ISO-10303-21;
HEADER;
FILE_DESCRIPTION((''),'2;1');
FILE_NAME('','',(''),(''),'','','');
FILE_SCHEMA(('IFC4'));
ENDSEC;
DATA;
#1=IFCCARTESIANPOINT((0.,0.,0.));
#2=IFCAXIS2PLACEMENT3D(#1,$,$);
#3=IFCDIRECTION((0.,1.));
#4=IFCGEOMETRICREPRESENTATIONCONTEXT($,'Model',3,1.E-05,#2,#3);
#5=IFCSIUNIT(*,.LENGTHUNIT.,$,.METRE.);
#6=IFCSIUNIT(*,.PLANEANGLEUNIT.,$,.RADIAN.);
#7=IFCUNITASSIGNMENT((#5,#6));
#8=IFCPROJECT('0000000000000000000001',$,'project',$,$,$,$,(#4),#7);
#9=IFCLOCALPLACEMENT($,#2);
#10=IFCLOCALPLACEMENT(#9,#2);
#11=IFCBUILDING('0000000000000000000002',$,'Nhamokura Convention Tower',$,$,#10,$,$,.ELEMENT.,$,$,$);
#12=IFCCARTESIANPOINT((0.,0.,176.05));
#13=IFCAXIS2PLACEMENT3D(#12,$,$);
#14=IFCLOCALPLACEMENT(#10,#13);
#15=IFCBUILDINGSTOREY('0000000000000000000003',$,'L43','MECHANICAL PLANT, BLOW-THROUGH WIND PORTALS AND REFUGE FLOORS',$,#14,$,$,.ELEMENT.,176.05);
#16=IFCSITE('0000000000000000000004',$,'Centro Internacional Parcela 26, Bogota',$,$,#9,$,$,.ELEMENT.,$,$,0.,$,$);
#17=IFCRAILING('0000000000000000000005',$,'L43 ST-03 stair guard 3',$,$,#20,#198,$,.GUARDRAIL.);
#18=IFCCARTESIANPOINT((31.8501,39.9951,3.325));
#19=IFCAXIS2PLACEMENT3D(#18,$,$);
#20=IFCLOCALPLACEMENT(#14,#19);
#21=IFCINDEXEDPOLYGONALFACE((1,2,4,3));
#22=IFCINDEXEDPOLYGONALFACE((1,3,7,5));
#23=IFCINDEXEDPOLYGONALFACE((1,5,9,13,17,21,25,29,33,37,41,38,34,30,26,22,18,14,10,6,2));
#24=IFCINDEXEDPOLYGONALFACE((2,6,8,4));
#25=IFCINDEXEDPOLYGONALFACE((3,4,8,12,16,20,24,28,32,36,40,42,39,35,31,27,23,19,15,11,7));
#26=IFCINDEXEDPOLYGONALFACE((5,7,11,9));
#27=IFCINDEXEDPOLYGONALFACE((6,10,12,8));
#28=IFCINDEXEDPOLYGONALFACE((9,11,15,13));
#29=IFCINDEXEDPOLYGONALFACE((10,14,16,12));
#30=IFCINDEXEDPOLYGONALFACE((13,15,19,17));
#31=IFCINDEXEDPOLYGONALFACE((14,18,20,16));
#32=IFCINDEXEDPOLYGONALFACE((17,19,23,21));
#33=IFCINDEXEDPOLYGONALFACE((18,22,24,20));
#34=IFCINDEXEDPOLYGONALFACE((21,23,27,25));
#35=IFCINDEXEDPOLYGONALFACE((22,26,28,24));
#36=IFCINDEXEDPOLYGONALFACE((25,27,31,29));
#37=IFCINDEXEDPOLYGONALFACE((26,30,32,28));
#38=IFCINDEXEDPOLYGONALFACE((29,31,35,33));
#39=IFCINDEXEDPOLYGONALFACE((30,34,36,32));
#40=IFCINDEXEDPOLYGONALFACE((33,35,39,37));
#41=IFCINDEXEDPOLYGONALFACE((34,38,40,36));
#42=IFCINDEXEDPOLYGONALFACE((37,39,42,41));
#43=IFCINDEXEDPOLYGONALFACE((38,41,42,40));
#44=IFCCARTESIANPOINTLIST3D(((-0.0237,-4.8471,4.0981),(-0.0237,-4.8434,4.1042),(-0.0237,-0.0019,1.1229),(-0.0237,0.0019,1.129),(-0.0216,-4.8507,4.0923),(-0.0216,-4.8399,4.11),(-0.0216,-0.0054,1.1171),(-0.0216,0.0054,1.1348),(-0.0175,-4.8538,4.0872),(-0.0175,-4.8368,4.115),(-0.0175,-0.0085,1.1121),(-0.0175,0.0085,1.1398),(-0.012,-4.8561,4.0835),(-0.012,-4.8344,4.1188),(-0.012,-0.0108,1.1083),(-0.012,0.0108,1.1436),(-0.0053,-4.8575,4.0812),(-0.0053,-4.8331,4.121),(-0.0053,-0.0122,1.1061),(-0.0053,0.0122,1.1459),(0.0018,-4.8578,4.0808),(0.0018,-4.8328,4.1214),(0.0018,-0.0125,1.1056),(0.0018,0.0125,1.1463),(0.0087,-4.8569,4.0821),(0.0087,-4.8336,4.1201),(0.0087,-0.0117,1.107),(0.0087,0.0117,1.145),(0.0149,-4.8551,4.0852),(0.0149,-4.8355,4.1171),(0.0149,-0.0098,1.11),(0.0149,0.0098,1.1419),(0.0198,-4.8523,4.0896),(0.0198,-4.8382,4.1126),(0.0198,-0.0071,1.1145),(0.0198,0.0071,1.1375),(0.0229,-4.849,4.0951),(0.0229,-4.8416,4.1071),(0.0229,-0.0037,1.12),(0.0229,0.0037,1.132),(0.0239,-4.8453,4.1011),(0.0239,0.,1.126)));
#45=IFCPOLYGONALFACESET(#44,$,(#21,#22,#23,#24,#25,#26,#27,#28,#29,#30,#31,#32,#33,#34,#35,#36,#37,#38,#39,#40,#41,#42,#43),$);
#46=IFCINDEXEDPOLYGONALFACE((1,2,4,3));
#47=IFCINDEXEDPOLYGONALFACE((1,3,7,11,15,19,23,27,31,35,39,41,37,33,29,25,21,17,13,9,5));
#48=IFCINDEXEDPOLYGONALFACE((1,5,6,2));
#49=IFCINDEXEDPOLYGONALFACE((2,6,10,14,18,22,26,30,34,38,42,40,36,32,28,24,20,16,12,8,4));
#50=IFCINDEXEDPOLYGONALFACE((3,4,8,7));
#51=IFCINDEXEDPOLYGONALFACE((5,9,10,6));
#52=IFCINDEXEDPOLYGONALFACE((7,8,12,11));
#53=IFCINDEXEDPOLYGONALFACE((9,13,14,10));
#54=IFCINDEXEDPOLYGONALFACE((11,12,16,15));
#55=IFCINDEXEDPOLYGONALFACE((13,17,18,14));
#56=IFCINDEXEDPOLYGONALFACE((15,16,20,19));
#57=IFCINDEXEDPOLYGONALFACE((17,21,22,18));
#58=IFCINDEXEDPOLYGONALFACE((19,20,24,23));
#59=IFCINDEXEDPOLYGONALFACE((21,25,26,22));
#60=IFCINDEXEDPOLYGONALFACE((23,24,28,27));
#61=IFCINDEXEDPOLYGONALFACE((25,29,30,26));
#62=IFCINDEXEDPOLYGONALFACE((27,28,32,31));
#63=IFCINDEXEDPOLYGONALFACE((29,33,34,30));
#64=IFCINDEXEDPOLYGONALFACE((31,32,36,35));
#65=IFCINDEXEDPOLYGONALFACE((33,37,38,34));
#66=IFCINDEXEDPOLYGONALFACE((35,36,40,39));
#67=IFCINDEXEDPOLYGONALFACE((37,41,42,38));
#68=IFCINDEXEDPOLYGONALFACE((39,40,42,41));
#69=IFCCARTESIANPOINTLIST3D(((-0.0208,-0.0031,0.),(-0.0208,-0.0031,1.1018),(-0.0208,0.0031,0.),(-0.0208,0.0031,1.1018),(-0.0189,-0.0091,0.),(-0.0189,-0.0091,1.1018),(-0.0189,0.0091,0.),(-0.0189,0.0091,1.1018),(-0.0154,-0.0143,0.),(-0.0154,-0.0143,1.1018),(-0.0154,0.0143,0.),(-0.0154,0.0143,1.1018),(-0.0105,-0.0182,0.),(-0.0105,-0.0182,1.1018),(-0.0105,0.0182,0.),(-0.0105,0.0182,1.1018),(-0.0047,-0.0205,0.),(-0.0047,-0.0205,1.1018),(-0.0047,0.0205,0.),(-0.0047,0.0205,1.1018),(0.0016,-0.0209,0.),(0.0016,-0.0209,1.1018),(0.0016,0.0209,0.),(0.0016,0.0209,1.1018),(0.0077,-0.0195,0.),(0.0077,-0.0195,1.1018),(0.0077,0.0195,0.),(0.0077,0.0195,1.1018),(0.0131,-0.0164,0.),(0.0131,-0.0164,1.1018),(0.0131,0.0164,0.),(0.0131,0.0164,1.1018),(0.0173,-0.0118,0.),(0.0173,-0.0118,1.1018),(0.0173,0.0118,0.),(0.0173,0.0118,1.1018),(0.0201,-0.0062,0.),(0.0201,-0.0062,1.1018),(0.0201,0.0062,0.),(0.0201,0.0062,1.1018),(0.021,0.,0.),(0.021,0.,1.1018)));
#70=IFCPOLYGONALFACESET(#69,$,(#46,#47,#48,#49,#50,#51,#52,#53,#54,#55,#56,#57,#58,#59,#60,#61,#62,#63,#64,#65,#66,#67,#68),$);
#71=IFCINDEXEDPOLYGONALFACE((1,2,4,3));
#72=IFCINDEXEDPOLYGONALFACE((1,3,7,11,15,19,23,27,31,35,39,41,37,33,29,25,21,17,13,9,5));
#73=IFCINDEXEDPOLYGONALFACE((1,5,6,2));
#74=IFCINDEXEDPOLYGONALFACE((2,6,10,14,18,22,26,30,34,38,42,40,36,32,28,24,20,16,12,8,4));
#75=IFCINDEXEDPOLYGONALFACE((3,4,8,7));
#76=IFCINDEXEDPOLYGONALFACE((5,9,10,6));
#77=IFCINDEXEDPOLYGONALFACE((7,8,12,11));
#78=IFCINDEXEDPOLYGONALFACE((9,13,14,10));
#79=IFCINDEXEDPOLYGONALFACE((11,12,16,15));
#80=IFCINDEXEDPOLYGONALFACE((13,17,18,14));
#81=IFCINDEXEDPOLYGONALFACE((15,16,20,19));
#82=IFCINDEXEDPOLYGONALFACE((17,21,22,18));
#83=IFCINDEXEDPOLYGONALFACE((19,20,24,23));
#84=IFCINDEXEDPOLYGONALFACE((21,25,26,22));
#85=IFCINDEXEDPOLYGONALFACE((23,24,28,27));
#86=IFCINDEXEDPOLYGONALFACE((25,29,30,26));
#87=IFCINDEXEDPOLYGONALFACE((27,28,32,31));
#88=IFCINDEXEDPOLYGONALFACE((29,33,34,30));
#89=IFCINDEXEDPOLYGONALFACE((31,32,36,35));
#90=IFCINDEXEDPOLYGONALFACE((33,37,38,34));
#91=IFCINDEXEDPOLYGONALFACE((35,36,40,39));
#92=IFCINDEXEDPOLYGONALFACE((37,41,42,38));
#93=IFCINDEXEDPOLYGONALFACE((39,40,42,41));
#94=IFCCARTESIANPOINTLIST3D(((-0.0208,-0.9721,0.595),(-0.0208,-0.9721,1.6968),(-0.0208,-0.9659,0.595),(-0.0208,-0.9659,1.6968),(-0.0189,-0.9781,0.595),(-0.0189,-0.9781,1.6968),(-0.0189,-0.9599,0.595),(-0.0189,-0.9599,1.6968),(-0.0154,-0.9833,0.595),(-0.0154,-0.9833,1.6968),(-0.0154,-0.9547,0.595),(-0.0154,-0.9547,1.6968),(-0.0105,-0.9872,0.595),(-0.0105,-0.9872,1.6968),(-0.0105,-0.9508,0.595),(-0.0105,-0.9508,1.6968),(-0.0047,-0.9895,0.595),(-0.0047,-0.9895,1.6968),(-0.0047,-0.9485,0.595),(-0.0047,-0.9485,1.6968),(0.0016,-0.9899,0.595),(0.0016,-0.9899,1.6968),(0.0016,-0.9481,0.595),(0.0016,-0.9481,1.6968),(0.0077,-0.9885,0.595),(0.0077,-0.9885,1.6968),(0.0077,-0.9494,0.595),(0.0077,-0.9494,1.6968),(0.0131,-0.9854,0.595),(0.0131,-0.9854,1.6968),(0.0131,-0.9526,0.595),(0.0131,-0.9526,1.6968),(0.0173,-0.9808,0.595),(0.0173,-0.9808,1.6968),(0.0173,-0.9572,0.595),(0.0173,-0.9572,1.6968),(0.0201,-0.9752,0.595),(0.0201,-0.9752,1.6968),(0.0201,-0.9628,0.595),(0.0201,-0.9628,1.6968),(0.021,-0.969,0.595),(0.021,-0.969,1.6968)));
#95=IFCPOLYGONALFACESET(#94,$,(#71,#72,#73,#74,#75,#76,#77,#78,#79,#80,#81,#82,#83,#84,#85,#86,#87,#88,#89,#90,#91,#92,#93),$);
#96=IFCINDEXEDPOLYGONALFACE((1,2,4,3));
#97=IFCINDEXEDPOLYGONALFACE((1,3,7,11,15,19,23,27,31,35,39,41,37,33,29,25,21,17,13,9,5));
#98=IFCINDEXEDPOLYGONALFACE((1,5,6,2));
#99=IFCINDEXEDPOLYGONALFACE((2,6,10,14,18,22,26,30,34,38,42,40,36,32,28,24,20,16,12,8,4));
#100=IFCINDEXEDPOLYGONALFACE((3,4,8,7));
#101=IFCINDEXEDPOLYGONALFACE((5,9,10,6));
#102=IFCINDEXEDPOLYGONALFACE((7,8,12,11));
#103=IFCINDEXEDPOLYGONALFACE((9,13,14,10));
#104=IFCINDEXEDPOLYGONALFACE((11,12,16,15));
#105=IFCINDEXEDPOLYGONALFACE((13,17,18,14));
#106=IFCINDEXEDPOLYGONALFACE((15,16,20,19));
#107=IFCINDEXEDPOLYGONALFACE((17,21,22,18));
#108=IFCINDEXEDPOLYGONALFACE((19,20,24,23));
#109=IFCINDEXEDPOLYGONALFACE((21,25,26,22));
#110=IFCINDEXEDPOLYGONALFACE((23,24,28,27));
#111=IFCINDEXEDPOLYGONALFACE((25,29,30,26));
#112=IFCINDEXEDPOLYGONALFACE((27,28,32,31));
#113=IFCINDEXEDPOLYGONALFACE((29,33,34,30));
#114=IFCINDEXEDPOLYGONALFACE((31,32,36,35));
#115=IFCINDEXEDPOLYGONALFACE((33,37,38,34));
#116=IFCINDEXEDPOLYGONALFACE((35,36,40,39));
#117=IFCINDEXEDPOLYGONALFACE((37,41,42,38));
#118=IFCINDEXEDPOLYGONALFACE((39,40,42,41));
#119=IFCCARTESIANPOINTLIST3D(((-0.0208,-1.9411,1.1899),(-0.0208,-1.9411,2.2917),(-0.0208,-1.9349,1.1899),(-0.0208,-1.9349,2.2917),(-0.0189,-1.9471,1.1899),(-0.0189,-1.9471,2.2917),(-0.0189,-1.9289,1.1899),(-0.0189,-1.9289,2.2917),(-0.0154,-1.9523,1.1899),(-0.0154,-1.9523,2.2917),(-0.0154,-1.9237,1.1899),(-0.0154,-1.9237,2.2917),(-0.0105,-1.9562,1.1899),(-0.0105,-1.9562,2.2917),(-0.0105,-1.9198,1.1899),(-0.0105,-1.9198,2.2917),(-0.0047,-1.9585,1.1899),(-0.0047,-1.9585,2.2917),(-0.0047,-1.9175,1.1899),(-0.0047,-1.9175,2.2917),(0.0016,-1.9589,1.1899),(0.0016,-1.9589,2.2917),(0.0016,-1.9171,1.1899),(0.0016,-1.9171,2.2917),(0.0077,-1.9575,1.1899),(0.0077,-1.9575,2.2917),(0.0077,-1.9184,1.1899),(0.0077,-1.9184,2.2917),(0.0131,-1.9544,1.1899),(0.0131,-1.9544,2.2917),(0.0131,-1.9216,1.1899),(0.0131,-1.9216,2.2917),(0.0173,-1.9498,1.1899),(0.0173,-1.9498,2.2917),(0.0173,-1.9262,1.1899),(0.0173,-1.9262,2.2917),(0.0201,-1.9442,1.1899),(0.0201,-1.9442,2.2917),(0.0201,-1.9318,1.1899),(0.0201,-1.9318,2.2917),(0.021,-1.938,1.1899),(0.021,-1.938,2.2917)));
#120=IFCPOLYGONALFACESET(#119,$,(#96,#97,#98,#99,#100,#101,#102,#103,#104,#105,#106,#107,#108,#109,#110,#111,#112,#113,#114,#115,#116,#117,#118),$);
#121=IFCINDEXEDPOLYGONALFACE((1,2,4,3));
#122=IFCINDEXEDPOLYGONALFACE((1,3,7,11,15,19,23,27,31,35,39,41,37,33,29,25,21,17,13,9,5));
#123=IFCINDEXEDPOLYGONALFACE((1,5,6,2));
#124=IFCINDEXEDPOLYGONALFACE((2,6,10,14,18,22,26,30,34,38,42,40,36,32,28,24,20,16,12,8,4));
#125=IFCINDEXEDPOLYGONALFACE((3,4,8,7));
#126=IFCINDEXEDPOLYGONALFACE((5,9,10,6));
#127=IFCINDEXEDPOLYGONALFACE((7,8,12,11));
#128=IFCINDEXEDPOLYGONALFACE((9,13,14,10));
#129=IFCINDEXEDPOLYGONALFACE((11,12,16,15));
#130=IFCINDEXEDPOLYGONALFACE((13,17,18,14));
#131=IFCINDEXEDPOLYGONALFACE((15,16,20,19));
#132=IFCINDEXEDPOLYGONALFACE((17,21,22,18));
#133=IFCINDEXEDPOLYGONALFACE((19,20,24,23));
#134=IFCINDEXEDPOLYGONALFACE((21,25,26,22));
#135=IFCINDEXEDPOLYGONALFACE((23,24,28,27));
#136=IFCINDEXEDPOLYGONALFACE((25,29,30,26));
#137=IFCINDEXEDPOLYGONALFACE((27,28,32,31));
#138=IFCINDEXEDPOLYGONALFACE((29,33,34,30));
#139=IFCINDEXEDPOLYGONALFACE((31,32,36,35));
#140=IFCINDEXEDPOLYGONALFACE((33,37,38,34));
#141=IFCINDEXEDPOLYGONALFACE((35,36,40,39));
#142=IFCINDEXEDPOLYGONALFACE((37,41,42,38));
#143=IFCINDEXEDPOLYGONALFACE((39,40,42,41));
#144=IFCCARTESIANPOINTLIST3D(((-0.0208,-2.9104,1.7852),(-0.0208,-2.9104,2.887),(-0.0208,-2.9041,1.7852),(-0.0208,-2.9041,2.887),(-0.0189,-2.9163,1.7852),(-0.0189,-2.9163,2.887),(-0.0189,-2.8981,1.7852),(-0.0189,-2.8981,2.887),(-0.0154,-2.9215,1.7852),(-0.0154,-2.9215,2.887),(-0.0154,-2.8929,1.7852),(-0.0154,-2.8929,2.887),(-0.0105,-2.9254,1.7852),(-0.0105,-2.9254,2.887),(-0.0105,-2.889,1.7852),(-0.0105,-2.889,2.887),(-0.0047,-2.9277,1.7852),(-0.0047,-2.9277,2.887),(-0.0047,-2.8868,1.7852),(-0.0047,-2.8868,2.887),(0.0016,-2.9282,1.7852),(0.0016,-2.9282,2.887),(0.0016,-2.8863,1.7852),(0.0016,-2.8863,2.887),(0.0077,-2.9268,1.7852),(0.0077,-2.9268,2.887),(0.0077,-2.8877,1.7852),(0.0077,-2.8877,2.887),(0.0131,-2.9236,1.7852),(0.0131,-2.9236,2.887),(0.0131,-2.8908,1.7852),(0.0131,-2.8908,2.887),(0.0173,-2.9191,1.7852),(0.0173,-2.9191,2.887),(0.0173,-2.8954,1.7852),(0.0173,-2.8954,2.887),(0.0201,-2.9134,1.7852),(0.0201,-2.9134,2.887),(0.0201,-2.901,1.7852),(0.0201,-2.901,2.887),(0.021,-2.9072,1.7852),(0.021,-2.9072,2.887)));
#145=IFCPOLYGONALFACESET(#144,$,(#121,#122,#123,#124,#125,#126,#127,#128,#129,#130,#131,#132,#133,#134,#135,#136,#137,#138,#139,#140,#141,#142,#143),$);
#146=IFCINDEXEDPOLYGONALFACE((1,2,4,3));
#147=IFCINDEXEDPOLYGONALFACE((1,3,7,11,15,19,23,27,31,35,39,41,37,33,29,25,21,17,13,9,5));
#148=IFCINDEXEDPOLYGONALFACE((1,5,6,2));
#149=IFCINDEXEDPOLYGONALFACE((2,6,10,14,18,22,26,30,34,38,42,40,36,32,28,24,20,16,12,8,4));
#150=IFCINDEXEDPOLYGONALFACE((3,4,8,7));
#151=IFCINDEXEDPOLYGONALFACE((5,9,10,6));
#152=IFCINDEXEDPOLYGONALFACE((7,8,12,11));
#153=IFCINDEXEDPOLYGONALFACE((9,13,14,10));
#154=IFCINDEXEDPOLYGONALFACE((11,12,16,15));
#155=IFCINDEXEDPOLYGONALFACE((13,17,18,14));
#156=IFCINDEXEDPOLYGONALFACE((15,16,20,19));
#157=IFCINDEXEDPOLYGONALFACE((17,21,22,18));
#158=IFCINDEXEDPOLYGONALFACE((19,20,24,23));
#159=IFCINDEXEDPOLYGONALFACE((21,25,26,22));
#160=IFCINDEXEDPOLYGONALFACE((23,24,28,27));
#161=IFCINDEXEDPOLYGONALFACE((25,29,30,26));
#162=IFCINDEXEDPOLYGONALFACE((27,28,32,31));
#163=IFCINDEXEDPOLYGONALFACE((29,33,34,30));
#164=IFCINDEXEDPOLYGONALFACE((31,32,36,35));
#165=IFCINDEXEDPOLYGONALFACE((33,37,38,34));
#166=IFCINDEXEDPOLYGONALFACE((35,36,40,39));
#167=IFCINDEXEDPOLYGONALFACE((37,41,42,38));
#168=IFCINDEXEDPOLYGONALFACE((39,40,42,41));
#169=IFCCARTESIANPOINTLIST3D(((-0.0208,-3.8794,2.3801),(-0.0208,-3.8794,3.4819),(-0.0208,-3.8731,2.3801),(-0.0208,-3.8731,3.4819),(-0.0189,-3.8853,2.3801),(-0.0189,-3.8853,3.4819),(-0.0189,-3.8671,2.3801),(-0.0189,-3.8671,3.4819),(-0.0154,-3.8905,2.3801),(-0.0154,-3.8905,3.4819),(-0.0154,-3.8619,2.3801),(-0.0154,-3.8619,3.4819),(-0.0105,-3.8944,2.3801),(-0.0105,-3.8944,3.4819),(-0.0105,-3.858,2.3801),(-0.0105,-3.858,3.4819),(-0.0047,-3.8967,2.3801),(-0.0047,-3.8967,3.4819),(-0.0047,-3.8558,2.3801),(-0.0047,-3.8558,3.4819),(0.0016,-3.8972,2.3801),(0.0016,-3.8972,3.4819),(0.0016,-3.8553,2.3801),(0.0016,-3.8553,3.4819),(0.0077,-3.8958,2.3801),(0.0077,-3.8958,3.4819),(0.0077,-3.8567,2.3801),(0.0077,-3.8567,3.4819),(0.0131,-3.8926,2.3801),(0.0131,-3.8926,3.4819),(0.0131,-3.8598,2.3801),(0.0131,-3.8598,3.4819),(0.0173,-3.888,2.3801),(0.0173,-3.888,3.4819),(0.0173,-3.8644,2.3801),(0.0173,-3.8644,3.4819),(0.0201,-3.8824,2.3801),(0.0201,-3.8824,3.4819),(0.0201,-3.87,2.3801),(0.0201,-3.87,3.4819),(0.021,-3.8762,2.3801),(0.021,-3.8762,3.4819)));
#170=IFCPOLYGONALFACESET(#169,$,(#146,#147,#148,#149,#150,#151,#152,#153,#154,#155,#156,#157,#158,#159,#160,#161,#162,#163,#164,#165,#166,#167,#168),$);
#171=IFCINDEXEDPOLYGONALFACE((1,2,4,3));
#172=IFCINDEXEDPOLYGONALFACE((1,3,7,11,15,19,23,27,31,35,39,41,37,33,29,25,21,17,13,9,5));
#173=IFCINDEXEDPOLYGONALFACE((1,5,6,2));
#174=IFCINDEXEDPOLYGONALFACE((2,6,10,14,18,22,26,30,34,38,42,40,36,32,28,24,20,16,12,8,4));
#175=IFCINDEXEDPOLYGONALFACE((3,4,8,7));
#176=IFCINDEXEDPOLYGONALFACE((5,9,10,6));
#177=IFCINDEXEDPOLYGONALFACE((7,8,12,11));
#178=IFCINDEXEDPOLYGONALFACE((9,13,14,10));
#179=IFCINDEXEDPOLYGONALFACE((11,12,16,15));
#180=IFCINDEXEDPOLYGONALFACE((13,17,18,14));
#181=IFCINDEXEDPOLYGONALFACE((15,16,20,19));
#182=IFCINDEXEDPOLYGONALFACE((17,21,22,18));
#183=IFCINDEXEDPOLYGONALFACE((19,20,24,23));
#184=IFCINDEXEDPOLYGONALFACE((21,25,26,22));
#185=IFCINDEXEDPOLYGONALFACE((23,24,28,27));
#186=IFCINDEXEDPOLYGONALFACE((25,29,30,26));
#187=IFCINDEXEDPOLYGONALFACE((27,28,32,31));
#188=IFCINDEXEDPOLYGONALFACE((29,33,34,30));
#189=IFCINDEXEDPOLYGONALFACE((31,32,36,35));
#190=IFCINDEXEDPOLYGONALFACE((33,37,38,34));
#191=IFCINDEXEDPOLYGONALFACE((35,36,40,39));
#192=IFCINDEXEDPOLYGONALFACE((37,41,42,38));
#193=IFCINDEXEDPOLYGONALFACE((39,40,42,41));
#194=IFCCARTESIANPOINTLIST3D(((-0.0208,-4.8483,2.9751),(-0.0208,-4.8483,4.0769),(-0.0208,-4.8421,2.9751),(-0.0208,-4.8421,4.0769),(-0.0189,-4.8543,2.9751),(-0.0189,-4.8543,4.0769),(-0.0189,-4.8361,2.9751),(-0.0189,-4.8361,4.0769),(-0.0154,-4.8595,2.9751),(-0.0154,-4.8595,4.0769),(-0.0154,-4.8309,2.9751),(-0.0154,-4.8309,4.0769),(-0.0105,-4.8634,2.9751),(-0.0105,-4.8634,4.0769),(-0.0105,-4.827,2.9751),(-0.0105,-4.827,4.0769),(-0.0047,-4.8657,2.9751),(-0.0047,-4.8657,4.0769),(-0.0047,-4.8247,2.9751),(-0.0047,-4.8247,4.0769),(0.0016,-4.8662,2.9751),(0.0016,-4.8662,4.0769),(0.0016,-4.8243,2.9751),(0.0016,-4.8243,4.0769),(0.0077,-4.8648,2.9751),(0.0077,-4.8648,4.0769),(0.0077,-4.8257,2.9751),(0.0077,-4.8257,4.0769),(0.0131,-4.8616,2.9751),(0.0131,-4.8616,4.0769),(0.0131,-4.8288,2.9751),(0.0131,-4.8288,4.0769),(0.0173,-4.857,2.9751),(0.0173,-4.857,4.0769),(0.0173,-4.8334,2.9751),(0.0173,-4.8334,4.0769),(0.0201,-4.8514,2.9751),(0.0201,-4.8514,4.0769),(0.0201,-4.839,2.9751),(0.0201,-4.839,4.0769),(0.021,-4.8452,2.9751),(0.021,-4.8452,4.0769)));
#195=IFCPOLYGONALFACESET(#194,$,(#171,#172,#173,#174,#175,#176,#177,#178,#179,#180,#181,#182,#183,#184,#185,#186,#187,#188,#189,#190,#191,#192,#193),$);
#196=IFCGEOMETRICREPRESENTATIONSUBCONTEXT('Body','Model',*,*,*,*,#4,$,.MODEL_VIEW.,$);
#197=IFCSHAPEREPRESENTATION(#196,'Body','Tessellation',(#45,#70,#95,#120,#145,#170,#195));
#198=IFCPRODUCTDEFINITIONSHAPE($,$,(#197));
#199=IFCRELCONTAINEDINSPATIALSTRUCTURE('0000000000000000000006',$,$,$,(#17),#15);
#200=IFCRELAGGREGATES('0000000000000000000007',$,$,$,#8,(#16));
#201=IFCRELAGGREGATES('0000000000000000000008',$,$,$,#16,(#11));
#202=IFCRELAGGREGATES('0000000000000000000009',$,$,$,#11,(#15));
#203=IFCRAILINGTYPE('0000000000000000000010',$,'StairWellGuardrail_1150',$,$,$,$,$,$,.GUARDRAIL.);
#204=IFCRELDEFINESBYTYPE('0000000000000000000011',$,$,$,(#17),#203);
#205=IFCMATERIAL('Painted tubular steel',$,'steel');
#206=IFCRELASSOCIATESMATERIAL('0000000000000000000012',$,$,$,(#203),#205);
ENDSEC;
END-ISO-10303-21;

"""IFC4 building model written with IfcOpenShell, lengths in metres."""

from ifc_helpers import new_model, si_unit, direction, frame, origin, origin_2d, place, context, subcontext, project, spatial, circle, extrude, material, type_object, element, save


model = new_model("IFC4")

# Units and contexts
model_context = context("Model", 3, precision=1e-05, world=origin(), true_north=direction((0.0, 1.0)))
body_context = subcontext(model_context, "Body", "Model", "MODEL_VIEW")
ifc_project = project(units=[si_unit("LENGTHUNIT", "METRE"), si_unit("PLANEANGLEUNIT", "RADIAN")], contexts=[model_context])

# Site, building, storey
site_placement = place(None, origin())
site = spatial("IfcSite", under=ifc_project, at=site_placement, Name="Centro Internacional Parcela 26, Bogota", CompositionType="ELEMENT", RefElevation=0.0)
building_placement = place(site_placement, origin())
building = spatial("IfcBuilding", under=site, at=building_placement, Name="Nhamokura Convention Tower", CompositionType="ELEMENT")
storey_placement = place(building_placement, frame((0.0, 0.0, 176.05)))
storey = spatial("IfcBuildingStorey", under=building, at=storey_placement, Name="L43", Description="MECHANICAL PLANT, BLOW-THROUGH WIND PORTALS AND REFUGE FLOORS", CompositionType="ELEMENT", Elevation=176.05)

# Railing
ifc_material_1 = material(Name="Painted tubular steel", Category="steel")
railing_type_1 = type_object("IfcRailingType", Name="StairWellGuardrail_1150", PredefinedType="GUARDRAIL", material=ifc_material_1)
railing_1_placement = place(storey_placement, frame((31.8501, 39.9951, 3.325)))
element("IfcRailing", 1, at=railing_1_placement, inside=storey, type_object=railing_type_1, Name="L43 ST-03 stair guard 3", PredefinedType="GUARDRAIL", context=body_context, shape_type="SweptSolid", body=[
    extrude(circle(Radius=0.0239, at=origin_2d()), frame((0.0, 0.0, 1.126), z_axis=(0.0, -0.852174, 0.523259), x_axis=(1.0, 0.0, 0.0)), (0.0, 0.0, 1.0), 5.6858),
    extrude(circle(Radius=0.021, at=origin_2d()), origin(), (0.0, 0.0, 1.0), 1.1018),
    extrude(circle(Radius=0.021, at=origin_2d()), frame((0.0, -0.969, 0.595)), (0.0, 0.0, 1.0), 1.1018),
    extrude(circle(Radius=0.021, at=origin_2d()), frame((0.0, -1.938, 1.1899)), (0.0, 0.0, 1.0), 1.1018),
    extrude(circle(Radius=0.021, at=origin_2d()), frame((0.0, -2.9072, 1.7852)), (0.0, 0.0, 1.0), 1.1018),
    extrude(circle(Radius=0.021, at=origin_2d()), frame((0.0, -3.8762, 2.3801)), (0.0, 0.0, 1.0), 1.1018),
    extrude(circle(Radius=0.021, at=origin_2d()), frame((0.0, -4.8452, 2.9751)), (0.0, 0.0, 1.0), 1.1018),
])

save(model, "model.ifc")
